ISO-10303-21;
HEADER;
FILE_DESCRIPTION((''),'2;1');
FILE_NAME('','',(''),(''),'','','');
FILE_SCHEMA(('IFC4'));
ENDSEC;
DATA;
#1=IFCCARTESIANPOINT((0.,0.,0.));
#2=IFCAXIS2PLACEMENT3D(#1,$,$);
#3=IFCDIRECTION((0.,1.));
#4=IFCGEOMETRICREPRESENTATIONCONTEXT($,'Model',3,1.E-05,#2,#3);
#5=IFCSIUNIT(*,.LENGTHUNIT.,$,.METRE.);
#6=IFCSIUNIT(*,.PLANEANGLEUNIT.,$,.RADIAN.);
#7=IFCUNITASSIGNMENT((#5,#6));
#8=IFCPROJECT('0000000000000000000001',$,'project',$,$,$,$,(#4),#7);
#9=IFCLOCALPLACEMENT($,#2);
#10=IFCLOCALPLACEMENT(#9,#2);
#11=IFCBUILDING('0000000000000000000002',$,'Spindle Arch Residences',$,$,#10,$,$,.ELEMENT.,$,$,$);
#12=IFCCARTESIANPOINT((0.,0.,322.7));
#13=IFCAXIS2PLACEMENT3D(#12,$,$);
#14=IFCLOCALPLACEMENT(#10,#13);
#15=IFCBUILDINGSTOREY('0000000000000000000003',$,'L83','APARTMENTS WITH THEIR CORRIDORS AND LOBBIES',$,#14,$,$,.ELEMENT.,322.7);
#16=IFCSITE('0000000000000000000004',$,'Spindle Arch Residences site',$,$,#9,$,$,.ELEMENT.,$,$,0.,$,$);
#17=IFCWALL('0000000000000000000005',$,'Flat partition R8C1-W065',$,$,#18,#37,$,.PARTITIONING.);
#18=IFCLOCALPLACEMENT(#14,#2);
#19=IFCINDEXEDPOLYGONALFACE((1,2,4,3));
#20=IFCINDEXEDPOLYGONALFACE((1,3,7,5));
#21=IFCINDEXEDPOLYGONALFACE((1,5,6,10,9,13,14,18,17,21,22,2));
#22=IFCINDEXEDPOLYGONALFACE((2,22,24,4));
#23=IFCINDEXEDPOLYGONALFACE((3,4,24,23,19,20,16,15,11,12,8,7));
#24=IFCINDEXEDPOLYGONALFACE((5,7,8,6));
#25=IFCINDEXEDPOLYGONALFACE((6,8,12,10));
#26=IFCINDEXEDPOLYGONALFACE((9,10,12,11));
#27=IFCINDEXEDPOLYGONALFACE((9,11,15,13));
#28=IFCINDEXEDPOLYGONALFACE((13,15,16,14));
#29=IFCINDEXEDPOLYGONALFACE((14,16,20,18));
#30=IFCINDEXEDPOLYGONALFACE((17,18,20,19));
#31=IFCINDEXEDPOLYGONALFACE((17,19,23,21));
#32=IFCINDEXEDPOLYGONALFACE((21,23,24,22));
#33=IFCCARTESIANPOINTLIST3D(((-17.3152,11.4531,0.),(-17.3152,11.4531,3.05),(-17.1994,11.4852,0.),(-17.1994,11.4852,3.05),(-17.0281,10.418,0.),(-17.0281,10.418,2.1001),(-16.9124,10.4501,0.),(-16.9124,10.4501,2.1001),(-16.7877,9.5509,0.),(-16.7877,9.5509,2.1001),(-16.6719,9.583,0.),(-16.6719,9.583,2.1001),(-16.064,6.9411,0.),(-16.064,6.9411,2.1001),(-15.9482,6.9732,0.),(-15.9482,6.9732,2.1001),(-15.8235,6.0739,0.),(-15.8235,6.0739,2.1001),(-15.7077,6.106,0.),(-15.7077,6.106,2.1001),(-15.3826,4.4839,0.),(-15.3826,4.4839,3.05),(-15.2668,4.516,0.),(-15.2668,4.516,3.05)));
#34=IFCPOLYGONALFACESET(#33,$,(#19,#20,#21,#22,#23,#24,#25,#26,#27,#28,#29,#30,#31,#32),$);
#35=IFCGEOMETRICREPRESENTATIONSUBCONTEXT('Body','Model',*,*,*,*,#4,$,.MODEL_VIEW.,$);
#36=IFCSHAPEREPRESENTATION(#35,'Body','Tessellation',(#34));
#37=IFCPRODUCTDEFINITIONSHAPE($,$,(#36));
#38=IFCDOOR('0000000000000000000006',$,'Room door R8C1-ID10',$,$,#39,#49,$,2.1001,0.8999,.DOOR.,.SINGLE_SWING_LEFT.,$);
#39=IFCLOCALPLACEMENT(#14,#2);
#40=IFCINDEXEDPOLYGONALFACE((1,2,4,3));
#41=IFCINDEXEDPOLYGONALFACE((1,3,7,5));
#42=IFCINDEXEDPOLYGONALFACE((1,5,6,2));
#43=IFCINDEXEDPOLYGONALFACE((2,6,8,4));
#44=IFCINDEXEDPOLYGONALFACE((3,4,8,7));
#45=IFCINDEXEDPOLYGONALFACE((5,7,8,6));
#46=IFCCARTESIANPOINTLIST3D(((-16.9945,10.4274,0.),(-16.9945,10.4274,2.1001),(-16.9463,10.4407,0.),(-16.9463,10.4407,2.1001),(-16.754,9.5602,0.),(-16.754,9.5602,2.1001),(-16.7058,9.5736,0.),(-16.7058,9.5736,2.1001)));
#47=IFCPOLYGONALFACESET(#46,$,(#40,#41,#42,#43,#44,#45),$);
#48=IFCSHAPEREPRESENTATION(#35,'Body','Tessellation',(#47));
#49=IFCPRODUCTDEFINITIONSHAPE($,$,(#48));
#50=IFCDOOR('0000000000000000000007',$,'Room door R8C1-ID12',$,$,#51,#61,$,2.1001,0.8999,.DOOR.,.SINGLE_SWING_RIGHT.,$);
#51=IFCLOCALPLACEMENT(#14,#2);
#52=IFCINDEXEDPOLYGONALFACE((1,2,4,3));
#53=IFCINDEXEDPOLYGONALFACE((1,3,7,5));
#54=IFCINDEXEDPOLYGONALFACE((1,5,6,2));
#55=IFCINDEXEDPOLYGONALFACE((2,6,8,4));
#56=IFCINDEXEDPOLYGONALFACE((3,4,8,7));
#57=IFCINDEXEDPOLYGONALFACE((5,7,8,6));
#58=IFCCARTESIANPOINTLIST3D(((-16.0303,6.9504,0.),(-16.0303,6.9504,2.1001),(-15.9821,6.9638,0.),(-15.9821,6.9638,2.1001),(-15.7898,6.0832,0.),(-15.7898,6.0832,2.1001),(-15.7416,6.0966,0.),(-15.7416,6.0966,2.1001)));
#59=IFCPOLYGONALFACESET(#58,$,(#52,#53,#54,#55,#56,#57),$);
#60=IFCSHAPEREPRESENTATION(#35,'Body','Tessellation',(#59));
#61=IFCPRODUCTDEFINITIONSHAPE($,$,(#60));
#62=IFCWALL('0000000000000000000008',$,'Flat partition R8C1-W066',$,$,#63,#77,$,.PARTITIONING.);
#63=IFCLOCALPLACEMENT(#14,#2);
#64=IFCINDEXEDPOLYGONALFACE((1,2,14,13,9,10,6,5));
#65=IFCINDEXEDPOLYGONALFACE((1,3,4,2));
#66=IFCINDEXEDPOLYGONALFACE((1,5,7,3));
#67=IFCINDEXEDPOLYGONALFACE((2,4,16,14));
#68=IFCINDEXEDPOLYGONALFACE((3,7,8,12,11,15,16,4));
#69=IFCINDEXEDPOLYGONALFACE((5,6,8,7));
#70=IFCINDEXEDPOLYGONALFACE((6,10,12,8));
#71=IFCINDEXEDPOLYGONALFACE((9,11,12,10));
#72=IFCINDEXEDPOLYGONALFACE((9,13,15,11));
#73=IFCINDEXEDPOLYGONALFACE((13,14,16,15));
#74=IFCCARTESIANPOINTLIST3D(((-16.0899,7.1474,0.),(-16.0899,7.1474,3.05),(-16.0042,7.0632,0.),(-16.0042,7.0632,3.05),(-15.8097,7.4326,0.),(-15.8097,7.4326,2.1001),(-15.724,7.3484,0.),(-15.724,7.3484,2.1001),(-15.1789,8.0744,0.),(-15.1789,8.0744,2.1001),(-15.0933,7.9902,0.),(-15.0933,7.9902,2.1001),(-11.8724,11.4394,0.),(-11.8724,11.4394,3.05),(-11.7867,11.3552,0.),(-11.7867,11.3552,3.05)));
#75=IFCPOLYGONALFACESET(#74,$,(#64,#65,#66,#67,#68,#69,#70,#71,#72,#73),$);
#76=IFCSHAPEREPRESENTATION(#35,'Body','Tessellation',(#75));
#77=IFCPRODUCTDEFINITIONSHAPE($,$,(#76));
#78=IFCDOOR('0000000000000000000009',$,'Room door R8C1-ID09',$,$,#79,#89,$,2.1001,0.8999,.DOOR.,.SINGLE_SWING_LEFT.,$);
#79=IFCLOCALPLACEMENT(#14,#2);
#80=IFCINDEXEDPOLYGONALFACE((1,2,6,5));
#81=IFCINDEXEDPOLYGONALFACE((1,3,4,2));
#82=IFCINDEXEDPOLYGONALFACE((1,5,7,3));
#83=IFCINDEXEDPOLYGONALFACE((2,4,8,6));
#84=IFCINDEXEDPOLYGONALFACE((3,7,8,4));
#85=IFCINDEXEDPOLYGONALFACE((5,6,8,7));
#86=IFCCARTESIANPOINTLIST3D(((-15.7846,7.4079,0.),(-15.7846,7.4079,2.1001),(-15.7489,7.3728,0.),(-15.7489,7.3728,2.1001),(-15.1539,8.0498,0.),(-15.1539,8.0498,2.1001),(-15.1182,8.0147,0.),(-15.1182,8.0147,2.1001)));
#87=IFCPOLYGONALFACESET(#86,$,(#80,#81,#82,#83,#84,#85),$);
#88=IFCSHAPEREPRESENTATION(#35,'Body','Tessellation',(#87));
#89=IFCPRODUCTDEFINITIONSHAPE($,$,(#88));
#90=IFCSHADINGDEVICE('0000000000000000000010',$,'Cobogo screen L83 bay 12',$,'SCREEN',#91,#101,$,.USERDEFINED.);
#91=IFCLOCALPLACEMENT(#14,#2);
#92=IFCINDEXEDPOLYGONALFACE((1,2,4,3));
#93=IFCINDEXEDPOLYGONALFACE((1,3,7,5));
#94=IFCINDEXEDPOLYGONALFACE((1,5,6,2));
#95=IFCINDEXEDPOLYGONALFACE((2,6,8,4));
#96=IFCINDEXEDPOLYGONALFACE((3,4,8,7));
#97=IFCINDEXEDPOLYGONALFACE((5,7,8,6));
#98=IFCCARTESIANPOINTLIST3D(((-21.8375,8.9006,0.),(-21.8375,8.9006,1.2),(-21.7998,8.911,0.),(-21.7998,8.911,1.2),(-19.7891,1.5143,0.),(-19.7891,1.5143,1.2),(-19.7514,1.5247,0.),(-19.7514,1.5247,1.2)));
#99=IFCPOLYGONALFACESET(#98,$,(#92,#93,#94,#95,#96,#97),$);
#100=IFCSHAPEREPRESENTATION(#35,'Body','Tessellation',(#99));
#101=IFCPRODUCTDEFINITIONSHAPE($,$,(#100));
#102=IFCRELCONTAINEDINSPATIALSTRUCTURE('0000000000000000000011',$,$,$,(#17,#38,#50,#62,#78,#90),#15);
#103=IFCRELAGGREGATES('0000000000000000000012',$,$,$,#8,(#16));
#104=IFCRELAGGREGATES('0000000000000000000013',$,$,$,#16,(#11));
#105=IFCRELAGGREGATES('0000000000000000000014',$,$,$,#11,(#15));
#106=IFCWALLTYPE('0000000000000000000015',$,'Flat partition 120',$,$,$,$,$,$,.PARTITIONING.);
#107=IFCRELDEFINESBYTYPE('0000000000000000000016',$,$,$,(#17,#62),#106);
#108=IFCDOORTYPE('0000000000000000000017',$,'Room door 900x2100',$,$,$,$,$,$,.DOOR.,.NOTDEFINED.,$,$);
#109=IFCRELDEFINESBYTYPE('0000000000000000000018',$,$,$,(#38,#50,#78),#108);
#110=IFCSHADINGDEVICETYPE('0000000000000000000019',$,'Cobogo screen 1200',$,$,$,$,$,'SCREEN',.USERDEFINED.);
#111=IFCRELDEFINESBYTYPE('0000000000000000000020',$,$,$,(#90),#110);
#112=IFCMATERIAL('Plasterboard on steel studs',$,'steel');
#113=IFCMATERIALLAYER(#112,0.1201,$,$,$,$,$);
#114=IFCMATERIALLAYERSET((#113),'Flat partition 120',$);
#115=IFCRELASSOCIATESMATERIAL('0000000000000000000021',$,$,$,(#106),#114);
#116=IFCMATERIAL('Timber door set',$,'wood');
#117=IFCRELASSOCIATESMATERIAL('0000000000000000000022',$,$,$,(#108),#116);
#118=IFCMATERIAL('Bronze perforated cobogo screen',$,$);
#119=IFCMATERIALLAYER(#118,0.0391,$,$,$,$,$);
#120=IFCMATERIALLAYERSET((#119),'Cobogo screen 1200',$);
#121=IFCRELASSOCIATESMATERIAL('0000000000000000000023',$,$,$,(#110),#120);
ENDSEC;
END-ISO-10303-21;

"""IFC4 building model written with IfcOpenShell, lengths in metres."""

from ifc_helpers import new_model, si_unit, direction, frame, frame_2d, origin, origin_2d, place, context, subcontext, project, spatial, rectangle, extrude, material, layer, layer_set, type_object, element, fill, save


model = new_model("IFC4")

# Units and contexts
model_context = context("Model", 3, precision=1e-05, world=origin(), true_north=direction((0.0, 1.0)))
body_context = subcontext(model_context, "Body", "Model", "MODEL_VIEW")
ifc_project = project(units=[si_unit("LENGTHUNIT", "METRE"), si_unit("PLANEANGLEUNIT", "RADIAN")], contexts=[model_context])

# Site, building, storey
site_placement = place(None, origin())
site = spatial("IfcSite", under=ifc_project, at=site_placement, Name="Spindle Arch Residences site", CompositionType="ELEMENT", RefElevation=0.0)
building_placement = place(site_placement, origin())
building = spatial("IfcBuilding", under=site, at=building_placement, Name="Spindle Arch Residences", CompositionType="ELEMENT")
storey_placement = place(building_placement, frame((0.0, 0.0, 322.7)))
storey = spatial("IfcBuildingStorey", under=building, at=storey_placement, Name="L83", Description="APARTMENTS WITH THEIR CORRIDORS AND LOBBIES", CompositionType="ELEMENT", Elevation=322.7)

# Shared definitions
ifc_material_1 = material(Name="Plasterboard on steel studs", Category="steel")
ifc_layer_1 = layer(ifc_material_1, 0.1201)
ifc_layer_set_1 = layer_set([ifc_layer_1], Name="Flat partition 120")
wall_type_1 = type_object("IfcWallType", Name="Flat partition 120", PredefinedType="PARTITIONING", material=ifc_layer_set_1)

# Wall, openings, doors
wall_1_placement = place(storey_placement, frame((-17.2573, 11.4692, 0.0), z_axis=(0.0, 0.0, 1.0), x_axis=(0.267223, -0.963635, 0.0)))
wall_1 = element("IfcWall", 1, at=wall_1_placement, inside=storey, type_object=wall_type_1, Name="Flat partition R8C1-W065", PredefinedType="PARTITIONING", context=body_context, shape_type="SweptSolid", body=[
    extrude(rectangle(XDim=7.2322, YDim=0.1201, at=frame_2d((3.6162, 0.0))), origin(), (0.0, 0.0, 1.0), 3.05),
])
opening_1_placement = place(wall_1_placement, frame((1.0742, 0.0, 0.0)))
opening_1 = element("IfcOpeningElement", 2, at=opening_1_placement, cuts=wall_1, PredefinedType="OPENING", context=body_context, shape_type="SweptSolid", body=[
    extrude(rectangle(XDim=0.8999, YDim=2.1001, at=frame_2d((0.45, 1.05))), frame((0.0, 0.0701, 0.0), z_axis=(0.0, -1.0, 0.0), x_axis=(1.0, 0.0, 0.0)), (0.0, 0.0, 1.0), 0.1401),
])
opening_2_placement = place(wall_1_placement, frame((4.6824, 0.0, 0.0)))
opening_2 = element("IfcOpeningElement", 3, at=opening_2_placement, cuts=wall_1, PredefinedType="OPENING", context=body_context, shape_type="SweptSolid", body=[
    extrude(rectangle(XDim=0.8999, YDim=2.1001, at=frame_2d((0.45, 1.05))), frame((0.0, 0.0701, 0.0), z_axis=(0.0, -1.0, 0.0), x_axis=(1.0, 0.0, 0.0)), (0.0, 0.0, 1.0), 0.1401),
])
ifc_material_2 = material(Name="Timber door set", Category="wood")
door_type_1 = type_object("IfcDoorType", Name="Room door 900x2100", OperationType="NOTDEFINED", PredefinedType="DOOR", material=ifc_material_2)
door_1_placement = place(opening_1_placement, origin())
door_1 = element("IfcDoor", 4, at=door_1_placement, inside=storey, type_object=door_type_1, Name="Room door R8C1-ID10", OperationType="SINGLE_SWING_LEFT", OverallHeight=2.1001, OverallWidth=0.8999, PredefinedType="DOOR", context=body_context, shape_type="SweptSolid", body=[
    extrude(rectangle(XDim=0.8999, YDim=2.1001, at=frame_2d((0.45, 1.05))), frame((0.0, 0.0249, 0.0), z_axis=(0.0, -1.0, 0.0), x_axis=(1.0, 0.0, 0.0)), (0.0, 0.0, 1.0), 0.05),
])
fill(opening_1, door_1)
door_2_placement = place(opening_2_placement, origin())
door_2 = element("IfcDoor", 5, at=door_2_placement, inside=storey, type_object=door_type_1, Name="Room door R8C1-ID12", OperationType="SINGLE_SWING_RIGHT", OverallHeight=2.1001, OverallWidth=0.8999, PredefinedType="DOOR", context=body_context, shape_type="SweptSolid", body=[
    extrude(rectangle(XDim=0.8999, YDim=2.1001, at=frame_2d((0.45, 1.05))), frame((0.0, 0.0249, 0.0), z_axis=(0.0, -1.0, 0.0), x_axis=(1.0, 0.0, 0.0)), (0.0, 0.0, 1.0), 0.05),
])
fill(opening_2, door_2)

# Wall, opening, door
wall_2_placement = place(storey_placement, frame((-16.0471, 7.1052, 0.0), z_axis=(0.0, 0.0, 1.0), x_axis=(0.700892, 0.713267, 0.0)))
wall_2 = element("IfcWall", 6, at=wall_2_placement, inside=storey, type_object=wall_type_1, Name="Flat partition R8C1-W066", PredefinedType="PARTITIONING", context=body_context, shape_type="SweptSolid", body=[
    extrude(rectangle(XDim=6.0173, YDim=0.1201, at=frame_2d((3.0088, 0.0))), origin(), (0.0, 0.0, 1.0), 3.05),
])
opening_3_placement = place(wall_2_placement, frame((0.3999, 0.0, 0.0)))
opening_3 = element("IfcOpeningElement", 7, at=opening_3_placement, cuts=wall_2, PredefinedType="OPENING", context=body_context, shape_type="SweptSolid", body=[
    extrude(rectangle(XDim=0.8999, YDim=2.1001, at=frame_2d((0.45, 1.05))), frame((0.0, 0.0701, 0.0), z_axis=(0.0, -1.0, 0.0), x_axis=(1.0, 0.0, 0.0)), (0.0, 0.0, 1.0), 0.1401),
])
door_3_placement = place(opening_3_placement, origin())
door_3 = element("IfcDoor", 8, at=door_3_placement, inside=storey, type_object=door_type_1, Name="Room door R8C1-ID09", OperationType="SINGLE_SWING_LEFT", OverallHeight=2.1001, OverallWidth=0.8999, PredefinedType="DOOR", context=body_context, shape_type="SweptSolid", body=[
    extrude(rectangle(XDim=0.8999, YDim=2.1001, at=frame_2d((0.45, 1.05))), frame((0.0, 0.0249, 0.0), z_axis=(0.0, -1.0, 0.0), x_axis=(1.0, 0.0, 0.0)), (0.0, 0.0, 1.0), 0.05),
])
fill(opening_3, door_3)

# Shading device
ifc_material_3 = material(Name="Bronze perforated cobogo screen")
ifc_layer_2 = layer(ifc_material_3, 0.0391)
ifc_layer_set_2 = layer_set([ifc_layer_2], Name="Cobogo screen 1200")
shading_device_type = type_object("IfcShadingDeviceType", Name="Cobogo screen 1200", ElementType="SCREEN", PredefinedType="USERDEFINED", material=ifc_layer_set_2)
shading_device_placement = place(storey_placement, frame((-20.7944, 5.2126, 0.0), z_axis=(0.0, 0.0, 1.0), x_axis=(0.267238, -0.96363, 0.0)))
element("IfcShadingDevice", 9, at=shading_device_placement, inside=storey, type_object=shading_device_type, Name="Cobogo screen L83 bay 12", ObjectType="SCREEN", PredefinedType="USERDEFINED", context=body_context, shape_type="SweptSolid", body=[
    extrude(rectangle(XDim=7.665, YDim=0.0391, at=origin_2d()), origin(), (0.0, 0.0, 1.0), 1.2),
])

save(model, "model.ifc")
